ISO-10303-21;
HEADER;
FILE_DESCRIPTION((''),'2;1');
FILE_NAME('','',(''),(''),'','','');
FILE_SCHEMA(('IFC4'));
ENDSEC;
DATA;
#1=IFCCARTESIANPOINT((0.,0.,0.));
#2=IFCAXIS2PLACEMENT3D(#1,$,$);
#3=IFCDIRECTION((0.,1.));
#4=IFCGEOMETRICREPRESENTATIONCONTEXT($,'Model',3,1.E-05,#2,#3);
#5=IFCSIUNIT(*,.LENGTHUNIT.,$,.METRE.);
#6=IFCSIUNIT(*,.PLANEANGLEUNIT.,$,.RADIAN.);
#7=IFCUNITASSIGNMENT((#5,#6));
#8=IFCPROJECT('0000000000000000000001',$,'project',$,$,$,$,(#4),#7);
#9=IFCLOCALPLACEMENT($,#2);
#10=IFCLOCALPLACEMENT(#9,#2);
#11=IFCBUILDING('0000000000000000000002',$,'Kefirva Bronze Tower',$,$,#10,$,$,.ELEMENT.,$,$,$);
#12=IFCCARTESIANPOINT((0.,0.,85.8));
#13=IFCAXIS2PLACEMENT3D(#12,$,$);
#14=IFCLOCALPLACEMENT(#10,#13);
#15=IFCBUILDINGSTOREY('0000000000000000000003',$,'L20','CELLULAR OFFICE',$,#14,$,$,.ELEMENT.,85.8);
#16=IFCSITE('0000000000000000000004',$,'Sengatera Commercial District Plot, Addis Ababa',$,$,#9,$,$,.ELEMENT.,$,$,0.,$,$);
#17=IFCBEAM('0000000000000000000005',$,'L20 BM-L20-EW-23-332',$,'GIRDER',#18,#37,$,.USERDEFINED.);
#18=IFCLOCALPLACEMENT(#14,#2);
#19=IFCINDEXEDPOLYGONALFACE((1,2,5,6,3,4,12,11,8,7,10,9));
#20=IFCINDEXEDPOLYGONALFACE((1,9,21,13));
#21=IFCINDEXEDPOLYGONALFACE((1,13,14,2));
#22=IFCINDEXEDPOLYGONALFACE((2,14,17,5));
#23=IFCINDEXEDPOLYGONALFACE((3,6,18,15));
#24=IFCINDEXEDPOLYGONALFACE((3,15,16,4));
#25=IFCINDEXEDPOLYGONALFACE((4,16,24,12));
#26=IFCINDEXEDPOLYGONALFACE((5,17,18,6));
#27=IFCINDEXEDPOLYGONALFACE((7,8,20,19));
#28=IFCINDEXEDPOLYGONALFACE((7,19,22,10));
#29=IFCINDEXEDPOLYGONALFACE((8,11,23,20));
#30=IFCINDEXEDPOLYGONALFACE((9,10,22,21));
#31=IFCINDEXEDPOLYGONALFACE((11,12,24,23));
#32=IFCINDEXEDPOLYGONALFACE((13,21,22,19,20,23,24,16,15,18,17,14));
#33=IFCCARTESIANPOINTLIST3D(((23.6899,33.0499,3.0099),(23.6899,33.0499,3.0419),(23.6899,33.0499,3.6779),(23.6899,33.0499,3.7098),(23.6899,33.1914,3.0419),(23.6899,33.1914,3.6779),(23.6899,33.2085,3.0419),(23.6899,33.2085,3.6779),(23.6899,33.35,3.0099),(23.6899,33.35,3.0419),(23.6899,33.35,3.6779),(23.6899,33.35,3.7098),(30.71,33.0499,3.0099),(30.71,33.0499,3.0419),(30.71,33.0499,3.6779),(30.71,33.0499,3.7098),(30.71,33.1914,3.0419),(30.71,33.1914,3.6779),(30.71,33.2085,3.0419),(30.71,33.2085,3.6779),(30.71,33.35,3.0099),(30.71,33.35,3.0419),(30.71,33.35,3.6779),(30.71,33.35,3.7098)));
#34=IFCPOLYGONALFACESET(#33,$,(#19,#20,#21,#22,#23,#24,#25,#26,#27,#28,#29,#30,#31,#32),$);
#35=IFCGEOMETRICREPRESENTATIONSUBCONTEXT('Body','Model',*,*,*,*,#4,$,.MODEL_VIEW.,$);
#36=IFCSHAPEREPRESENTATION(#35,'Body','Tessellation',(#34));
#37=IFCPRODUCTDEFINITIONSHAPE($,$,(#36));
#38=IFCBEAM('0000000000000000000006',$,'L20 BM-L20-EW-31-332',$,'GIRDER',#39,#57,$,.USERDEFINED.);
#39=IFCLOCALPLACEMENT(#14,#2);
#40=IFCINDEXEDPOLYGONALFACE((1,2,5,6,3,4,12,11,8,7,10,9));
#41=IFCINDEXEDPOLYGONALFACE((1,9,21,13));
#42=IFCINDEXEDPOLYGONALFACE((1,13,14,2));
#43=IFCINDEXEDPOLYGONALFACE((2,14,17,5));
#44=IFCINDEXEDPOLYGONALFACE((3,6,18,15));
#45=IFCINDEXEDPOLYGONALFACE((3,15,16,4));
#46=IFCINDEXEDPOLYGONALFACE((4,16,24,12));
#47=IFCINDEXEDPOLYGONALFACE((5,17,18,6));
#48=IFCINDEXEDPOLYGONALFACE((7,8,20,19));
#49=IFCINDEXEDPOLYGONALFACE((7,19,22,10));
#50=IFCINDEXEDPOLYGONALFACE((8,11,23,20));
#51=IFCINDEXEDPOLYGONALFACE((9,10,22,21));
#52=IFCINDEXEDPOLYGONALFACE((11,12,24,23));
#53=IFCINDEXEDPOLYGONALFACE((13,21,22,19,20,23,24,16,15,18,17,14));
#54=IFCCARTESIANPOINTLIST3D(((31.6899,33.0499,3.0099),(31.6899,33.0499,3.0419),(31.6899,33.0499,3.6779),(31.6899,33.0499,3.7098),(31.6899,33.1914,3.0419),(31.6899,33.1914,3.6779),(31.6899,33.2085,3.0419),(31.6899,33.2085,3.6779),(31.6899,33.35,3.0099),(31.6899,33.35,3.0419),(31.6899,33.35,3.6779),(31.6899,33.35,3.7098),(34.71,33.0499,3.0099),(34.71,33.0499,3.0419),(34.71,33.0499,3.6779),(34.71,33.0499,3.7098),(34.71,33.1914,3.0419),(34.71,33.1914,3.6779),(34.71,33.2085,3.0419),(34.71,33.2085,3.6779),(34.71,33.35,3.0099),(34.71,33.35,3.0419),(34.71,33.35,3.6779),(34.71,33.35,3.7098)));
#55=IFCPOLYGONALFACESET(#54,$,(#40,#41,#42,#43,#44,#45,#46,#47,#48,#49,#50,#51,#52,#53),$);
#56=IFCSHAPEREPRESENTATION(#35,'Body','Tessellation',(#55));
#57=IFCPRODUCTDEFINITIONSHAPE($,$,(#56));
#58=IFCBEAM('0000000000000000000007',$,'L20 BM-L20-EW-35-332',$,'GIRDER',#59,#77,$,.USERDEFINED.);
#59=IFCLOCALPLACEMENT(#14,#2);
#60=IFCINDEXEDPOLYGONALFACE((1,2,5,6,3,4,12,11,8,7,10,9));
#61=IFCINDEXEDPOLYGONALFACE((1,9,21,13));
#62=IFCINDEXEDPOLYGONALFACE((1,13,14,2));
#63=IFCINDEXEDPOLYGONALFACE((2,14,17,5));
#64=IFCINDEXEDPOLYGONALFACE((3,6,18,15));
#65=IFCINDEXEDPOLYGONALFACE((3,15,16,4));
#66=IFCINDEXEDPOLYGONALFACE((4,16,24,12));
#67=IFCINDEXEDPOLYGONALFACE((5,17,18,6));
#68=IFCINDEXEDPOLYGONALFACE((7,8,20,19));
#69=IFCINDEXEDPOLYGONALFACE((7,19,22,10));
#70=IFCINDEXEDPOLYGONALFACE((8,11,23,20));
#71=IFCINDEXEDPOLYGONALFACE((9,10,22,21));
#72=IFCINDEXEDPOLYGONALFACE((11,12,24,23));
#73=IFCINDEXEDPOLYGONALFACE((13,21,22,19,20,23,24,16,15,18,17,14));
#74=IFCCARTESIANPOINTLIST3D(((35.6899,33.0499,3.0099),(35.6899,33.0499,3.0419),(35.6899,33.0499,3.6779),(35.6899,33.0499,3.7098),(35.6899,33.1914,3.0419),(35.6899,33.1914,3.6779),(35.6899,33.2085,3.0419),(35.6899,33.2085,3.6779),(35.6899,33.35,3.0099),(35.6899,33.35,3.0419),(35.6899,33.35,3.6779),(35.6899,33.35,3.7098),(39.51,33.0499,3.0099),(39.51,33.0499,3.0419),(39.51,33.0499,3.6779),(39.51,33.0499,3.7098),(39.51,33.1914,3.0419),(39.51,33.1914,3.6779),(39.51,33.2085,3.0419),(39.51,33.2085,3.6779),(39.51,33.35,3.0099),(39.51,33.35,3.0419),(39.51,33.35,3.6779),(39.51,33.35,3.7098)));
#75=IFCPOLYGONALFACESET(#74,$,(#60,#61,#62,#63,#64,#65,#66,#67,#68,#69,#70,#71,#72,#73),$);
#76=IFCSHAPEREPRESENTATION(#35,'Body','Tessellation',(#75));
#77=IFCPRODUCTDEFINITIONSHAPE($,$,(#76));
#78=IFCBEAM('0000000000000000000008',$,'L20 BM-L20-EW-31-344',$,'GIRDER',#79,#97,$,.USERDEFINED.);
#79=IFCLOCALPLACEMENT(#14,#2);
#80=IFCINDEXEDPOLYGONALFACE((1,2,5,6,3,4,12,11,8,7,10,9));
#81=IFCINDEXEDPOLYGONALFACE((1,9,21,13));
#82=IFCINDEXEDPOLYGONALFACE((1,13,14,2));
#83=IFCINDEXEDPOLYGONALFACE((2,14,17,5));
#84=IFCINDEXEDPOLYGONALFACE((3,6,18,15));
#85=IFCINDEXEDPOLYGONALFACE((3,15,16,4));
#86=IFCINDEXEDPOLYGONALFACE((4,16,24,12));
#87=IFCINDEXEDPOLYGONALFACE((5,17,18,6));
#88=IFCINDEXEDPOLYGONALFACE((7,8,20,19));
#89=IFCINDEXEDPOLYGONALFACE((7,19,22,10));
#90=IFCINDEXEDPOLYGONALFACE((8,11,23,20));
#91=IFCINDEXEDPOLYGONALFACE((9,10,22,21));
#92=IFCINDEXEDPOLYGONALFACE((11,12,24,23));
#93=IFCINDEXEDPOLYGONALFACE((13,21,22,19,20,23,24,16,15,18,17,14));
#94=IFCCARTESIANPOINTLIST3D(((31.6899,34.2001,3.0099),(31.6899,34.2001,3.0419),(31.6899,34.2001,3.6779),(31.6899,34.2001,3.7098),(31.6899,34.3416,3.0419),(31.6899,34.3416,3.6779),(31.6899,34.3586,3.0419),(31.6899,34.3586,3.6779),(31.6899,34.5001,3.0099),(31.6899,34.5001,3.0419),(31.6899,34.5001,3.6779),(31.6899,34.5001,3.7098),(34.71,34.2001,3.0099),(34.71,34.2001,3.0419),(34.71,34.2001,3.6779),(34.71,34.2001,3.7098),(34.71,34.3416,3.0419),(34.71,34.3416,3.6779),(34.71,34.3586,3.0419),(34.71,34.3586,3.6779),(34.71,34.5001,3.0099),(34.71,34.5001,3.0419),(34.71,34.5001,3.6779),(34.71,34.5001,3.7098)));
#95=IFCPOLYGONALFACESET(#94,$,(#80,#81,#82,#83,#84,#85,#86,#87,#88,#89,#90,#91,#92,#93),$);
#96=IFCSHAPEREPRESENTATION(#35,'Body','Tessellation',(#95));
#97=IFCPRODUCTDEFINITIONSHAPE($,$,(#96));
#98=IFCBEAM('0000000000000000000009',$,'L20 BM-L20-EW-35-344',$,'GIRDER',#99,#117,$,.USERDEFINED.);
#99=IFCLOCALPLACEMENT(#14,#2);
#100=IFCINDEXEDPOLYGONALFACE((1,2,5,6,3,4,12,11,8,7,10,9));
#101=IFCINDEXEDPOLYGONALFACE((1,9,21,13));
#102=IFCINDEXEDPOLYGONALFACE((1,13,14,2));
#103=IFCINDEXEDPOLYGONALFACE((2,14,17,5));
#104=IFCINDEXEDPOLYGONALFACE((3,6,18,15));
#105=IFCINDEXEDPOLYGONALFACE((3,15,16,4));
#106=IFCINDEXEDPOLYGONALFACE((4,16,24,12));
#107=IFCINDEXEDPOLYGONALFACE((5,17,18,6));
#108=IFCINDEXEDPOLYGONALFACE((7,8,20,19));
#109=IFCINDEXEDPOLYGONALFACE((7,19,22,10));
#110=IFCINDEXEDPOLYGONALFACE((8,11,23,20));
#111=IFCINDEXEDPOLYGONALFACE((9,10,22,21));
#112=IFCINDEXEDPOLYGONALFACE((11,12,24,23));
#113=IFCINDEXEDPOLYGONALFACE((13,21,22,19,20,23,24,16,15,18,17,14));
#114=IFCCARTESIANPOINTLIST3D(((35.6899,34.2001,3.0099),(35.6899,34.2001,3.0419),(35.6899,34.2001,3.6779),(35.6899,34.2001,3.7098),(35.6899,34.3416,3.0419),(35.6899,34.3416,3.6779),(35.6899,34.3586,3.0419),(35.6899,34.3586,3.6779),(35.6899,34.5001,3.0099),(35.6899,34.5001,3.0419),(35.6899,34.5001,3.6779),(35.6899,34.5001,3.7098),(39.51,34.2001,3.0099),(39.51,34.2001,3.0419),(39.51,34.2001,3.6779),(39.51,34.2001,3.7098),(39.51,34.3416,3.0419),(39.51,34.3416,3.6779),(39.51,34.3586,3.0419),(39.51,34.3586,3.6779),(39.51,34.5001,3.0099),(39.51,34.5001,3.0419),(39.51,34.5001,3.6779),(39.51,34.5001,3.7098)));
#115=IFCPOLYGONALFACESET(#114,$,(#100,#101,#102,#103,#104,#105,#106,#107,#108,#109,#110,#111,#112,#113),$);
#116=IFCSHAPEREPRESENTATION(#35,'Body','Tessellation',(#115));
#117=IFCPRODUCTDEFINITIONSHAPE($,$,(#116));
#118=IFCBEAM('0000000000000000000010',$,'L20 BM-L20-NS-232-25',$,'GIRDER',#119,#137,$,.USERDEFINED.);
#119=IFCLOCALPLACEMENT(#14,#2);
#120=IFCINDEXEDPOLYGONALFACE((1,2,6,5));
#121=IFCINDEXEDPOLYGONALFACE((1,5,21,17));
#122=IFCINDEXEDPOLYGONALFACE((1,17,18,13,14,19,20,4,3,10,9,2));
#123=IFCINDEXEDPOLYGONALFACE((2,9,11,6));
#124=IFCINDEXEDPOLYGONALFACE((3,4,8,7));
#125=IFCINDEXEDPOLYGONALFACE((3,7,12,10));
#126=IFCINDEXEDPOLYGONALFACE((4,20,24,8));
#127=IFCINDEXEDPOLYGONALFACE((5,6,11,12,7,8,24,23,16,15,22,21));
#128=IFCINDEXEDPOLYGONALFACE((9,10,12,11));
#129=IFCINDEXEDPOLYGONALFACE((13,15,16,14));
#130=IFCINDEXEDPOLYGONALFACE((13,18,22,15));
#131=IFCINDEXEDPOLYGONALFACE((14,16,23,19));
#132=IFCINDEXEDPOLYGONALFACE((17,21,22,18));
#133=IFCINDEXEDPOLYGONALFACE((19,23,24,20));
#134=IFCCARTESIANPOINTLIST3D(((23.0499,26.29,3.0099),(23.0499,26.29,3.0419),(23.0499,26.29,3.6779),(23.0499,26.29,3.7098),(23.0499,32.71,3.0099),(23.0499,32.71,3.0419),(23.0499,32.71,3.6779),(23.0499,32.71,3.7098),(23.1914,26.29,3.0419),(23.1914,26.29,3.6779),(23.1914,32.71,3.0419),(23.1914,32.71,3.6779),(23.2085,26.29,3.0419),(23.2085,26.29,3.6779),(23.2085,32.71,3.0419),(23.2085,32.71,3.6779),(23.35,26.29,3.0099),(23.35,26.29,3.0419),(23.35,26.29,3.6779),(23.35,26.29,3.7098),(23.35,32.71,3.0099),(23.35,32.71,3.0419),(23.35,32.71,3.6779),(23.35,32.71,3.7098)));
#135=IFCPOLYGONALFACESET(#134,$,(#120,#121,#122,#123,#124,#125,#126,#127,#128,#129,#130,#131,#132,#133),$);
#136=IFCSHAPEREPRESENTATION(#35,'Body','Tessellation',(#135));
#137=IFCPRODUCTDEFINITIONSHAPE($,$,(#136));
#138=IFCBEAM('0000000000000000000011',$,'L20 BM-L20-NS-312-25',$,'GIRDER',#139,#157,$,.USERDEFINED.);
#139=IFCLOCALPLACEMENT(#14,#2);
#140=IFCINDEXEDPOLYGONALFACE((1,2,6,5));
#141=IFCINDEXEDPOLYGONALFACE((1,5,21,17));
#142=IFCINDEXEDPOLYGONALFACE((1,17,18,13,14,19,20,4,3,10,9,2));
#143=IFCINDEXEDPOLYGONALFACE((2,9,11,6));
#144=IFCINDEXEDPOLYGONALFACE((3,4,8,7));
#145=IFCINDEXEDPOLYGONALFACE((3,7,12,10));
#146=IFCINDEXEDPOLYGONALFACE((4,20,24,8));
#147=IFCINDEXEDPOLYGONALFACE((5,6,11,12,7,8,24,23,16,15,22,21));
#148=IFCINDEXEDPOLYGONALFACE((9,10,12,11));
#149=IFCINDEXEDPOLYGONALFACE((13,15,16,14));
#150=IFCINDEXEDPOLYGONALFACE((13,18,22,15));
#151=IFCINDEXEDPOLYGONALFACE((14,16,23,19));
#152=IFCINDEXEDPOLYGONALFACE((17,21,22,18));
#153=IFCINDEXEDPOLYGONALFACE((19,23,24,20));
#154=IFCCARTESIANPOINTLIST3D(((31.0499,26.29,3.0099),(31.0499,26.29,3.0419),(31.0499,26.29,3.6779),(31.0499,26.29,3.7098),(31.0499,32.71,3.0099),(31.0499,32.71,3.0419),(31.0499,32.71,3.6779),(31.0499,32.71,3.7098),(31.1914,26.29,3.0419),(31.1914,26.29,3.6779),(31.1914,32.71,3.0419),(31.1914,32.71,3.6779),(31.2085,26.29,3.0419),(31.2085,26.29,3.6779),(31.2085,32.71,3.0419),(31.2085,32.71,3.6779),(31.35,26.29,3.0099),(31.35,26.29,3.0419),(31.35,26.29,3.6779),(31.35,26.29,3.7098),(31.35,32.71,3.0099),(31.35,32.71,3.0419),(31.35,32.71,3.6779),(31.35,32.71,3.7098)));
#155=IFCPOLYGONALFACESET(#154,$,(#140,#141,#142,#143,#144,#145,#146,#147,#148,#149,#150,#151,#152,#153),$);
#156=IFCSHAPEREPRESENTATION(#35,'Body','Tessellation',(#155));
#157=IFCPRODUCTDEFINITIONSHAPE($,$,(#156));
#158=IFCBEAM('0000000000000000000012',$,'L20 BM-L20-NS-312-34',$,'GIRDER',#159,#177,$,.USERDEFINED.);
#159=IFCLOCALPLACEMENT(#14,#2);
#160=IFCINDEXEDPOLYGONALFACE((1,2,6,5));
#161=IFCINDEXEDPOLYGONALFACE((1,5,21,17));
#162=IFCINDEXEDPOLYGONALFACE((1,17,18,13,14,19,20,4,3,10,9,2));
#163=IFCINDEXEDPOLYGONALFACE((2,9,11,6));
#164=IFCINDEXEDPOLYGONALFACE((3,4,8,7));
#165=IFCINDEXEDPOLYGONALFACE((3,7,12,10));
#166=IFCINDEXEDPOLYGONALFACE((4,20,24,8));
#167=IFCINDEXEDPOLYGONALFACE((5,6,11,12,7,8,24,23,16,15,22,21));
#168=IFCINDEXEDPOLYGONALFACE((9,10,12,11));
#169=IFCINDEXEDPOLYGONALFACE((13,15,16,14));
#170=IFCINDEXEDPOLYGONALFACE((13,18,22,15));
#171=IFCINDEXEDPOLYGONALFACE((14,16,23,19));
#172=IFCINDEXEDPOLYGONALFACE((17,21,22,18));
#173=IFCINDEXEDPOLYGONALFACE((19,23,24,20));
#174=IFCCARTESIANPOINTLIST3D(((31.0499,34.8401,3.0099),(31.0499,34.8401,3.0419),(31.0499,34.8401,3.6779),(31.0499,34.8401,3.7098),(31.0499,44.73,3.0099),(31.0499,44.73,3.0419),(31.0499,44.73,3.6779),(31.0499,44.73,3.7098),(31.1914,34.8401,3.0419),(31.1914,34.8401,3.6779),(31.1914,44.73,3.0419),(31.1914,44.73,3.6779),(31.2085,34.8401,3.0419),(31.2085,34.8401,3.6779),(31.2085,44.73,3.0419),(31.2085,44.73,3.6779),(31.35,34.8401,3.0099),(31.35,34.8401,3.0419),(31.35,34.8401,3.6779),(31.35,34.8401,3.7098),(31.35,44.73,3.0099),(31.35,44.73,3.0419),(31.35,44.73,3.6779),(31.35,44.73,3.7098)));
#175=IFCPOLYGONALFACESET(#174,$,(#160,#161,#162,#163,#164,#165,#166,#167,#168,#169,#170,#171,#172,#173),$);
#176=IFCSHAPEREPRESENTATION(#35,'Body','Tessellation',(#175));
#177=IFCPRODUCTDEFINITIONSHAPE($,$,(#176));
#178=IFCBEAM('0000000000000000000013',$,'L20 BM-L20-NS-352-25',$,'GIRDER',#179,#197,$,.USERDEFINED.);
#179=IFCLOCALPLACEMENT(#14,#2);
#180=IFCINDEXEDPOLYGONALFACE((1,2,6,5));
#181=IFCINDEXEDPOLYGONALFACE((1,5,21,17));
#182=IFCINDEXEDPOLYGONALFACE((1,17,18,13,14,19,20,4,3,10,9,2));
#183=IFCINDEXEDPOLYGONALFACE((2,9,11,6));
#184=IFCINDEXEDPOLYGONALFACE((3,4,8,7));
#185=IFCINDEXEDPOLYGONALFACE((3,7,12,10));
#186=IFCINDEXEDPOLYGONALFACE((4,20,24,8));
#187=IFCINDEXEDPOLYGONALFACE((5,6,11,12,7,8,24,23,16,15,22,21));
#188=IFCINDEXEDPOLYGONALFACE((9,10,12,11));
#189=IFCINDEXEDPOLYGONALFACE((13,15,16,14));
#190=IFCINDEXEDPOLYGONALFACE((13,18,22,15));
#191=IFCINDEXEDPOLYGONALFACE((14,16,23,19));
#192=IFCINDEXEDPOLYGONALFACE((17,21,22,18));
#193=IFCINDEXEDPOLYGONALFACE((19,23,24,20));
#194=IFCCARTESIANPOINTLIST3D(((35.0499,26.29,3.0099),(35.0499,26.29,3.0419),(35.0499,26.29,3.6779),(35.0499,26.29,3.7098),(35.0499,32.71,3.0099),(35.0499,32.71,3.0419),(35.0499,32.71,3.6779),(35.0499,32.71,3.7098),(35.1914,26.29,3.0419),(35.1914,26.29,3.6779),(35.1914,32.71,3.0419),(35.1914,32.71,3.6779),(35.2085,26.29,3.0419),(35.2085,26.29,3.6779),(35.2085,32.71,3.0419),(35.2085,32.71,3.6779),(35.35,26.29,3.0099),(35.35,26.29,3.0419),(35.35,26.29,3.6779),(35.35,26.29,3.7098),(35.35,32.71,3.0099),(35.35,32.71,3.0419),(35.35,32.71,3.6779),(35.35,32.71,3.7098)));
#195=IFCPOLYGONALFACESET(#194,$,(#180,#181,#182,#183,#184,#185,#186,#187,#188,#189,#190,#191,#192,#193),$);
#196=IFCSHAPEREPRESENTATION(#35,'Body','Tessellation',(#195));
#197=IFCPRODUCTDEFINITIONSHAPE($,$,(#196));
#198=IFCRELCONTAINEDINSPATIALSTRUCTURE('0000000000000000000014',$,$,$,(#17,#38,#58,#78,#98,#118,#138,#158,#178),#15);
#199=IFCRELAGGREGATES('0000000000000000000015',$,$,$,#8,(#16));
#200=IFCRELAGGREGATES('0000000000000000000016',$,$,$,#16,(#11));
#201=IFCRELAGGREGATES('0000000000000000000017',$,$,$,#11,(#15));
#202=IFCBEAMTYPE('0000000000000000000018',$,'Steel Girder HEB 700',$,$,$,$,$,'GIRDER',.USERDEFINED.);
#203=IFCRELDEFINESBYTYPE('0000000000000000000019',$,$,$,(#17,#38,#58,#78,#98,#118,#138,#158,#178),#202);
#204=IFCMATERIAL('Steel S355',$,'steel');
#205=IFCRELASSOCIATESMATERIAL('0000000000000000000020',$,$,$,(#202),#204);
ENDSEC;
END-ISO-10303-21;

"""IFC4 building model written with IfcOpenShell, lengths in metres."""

from ifc_helpers import new_model, si_unit, direction, frame, origin, origin_2d, place, context, subcontext, project, spatial, i_section, extrude, material, material_profile, profile_set, type_object, element, save


model = new_model("IFC4")

# Units and contexts
model_context = context("Model", 3, precision=1e-05, world=origin(), true_north=direction((0.0, 1.0)))
body_context = subcontext(model_context, "Body", "Model", "MODEL_VIEW")
ifc_project = project(units=[si_unit("LENGTHUNIT", "METRE"), si_unit("PLANEANGLEUNIT", "RADIAN")], contexts=[model_context])

# Site, building, storey
site_placement = place(None, origin())
site = spatial("IfcSite", under=ifc_project, at=site_placement, Name="Sengatera Commercial District Plot, Addis Ababa", CompositionType="ELEMENT", RefElevation=0.0)
building_placement = place(site_placement, origin())
building = spatial("IfcBuilding", under=site, at=building_placement, Name="Kefirva Bronze Tower", CompositionType="ELEMENT")
storey_placement = place(building_placement, frame((0.0, 0.0, 85.8)))
storey = spatial("IfcBuildingStorey", under=building, at=storey_placement, Name="L20", Description="CELLULAR OFFICE", CompositionType="ELEMENT", Elevation=85.8)

# Beams
ifc_material_1 = material(Name="Steel S355", Category="steel")
ifc_material_profile_1 = material_profile(ifc_material_1, i_section(OverallWidth=0.3, OverallDepth=0.7, WebThickness=0.0171, FlangeThickness=0.032, at=origin_2d()), Name="HEB 700")
ifc_profile_set_1 = profile_set([ifc_material_profile_1], Name="Steel S355")
beam_type_1 = type_object("IfcBeamType", Name="Steel Girder HEB 700", ElementType="GIRDER", PredefinedType="USERDEFINED", material=ifc_profile_set_1)
beam_1_placement = place(storey_placement, frame((23.6899, 33.2, 3.3599), z_axis=(1.0, 0.0, 0.0), x_axis=(0.0, 1.0, 0.0)))
element("IfcBeam", 1, at=beam_1_placement, inside=storey, type_object=beam_type_1, Name="L20 BM-L20-EW-23-332", ObjectType="GIRDER", PredefinedType="USERDEFINED", context=body_context, shape_type="SweptSolid", body=[
    extrude(i_section(OverallWidth=0.3, OverallDepth=0.7, WebThickness=0.0171, FlangeThickness=0.032, at=origin_2d()), origin(), (0.0, 0.0, 1.0), 7.02),
])
beam_2_placement = place(storey_placement, frame((31.6899, 33.2, 3.3599), z_axis=(1.0, 0.0, 0.0), x_axis=(0.0, 1.0, 0.0)))
element("IfcBeam", 2, at=beam_2_placement, inside=storey, type_object=beam_type_1, Name="L20 BM-L20-EW-31-332", ObjectType="GIRDER", PredefinedType="USERDEFINED", context=body_context, shape_type="SweptSolid", body=[
    extrude(i_section(OverallWidth=0.3, OverallDepth=0.7, WebThickness=0.0171, FlangeThickness=0.032, at=origin_2d()), origin(), (0.0, 0.0, 1.0), 3.02),
])
beam_3_placement = place(storey_placement, frame((35.6899, 33.2, 3.3599), z_axis=(1.0, 0.0, 0.0), x_axis=(0.0, 1.0, 0.0)))
element("IfcBeam", 3, at=beam_3_placement, inside=storey, type_object=beam_type_1, Name="L20 BM-L20-EW-35-332", ObjectType="GIRDER", PredefinedType="USERDEFINED", context=body_context, shape_type="SweptSolid", body=[
    extrude(i_section(OverallWidth=0.3, OverallDepth=0.7, WebThickness=0.0171, FlangeThickness=0.032, at=origin_2d()), origin(), (0.0, 0.0, 1.0), 3.8201),
])
beam_4_placement = place(storey_placement, frame((31.6899, 34.3501, 3.3599), z_axis=(1.0, 0.0, 0.0), x_axis=(0.0, 1.0, 0.0)))
element("IfcBeam", 4, at=beam_4_placement, inside=storey, type_object=beam_type_1, Name="L20 BM-L20-EW-31-344", ObjectType="GIRDER", PredefinedType="USERDEFINED", context=body_context, shape_type="SweptSolid", body=[
    extrude(i_section(OverallWidth=0.3, OverallDepth=0.7, WebThickness=0.0171, FlangeThickness=0.032, at=origin_2d()), origin(), (0.0, 0.0, 1.0), 3.02),
])
beam_5_placement = place(storey_placement, frame((35.6899, 34.3501, 3.3599), z_axis=(1.0, 0.0, 0.0), x_axis=(0.0, 1.0, 0.0)))
element("IfcBeam", 5, at=beam_5_placement, inside=storey, type_object=beam_type_1, Name="L20 BM-L20-EW-35-344", ObjectType="GIRDER", PredefinedType="USERDEFINED", context=body_context, shape_type="SweptSolid", body=[
    extrude(i_section(OverallWidth=0.3, OverallDepth=0.7, WebThickness=0.0171, FlangeThickness=0.032, at=origin_2d()), origin(), (0.0, 0.0, 1.0), 3.8201),
])
for number, where, z_axis, x_axis, name in (
    (6, (23.2, 26.29, 3.3599), (0.0, 1.0, 0.0), (-1.0, 0.0, 0.0), "L20 BM-L20-NS-232-25"),
    (7, (31.2, 26.29, 3.3599), (0.0, 1.0, 0.0), (-1.0, 0.0, 0.0), "L20 BM-L20-NS-312-25"),
):
    element("IfcBeam", number, at=place(storey_placement, frame(where, z_axis=z_axis, x_axis=x_axis)), inside=storey, type_object=beam_type_1, Name=name, ObjectType="GIRDER", PredefinedType="USERDEFINED", context=body_context, shape_type="SweptSolid", body=[
        extrude(i_section(OverallWidth=0.3, OverallDepth=0.7, WebThickness=0.0171, FlangeThickness=0.032, at=origin_2d()), origin(), (0.0, 0.0, 1.0), 6.4199),
    ])
beam_6_placement = place(storey_placement, frame((31.2, 34.8401, 3.3599), z_axis=(0.0, 1.0, 0.0), x_axis=(-1.0, 0.0, 0.0)))
element("IfcBeam", 8, at=beam_6_placement, inside=storey, type_object=beam_type_1, Name="L20 BM-L20-NS-312-34", ObjectType="GIRDER", PredefinedType="USERDEFINED", context=body_context, shape_type="SweptSolid", body=[
    extrude(i_section(OverallWidth=0.3, OverallDepth=0.7, WebThickness=0.0171, FlangeThickness=0.032, at=origin_2d()), origin(), (0.0, 0.0, 1.0), 9.8899),
])
beam_7_placement = place(storey_placement, frame((35.2, 26.29, 3.3599), z_axis=(0.0, 1.0, 0.0), x_axis=(-1.0, 0.0, 0.0)))
element("IfcBeam", 9, at=beam_7_placement, inside=storey, type_object=beam_type_1, Name="L20 BM-L20-NS-352-25", ObjectType="GIRDER", PredefinedType="USERDEFINED", context=body_context, shape_type="SweptSolid", body=[
    extrude(i_section(OverallWidth=0.3, OverallDepth=0.7, WebThickness=0.0171, FlangeThickness=0.032, at=origin_2d()), origin(), (0.0, 0.0, 1.0), 6.4199),
])

save(model, "model.ifc")
